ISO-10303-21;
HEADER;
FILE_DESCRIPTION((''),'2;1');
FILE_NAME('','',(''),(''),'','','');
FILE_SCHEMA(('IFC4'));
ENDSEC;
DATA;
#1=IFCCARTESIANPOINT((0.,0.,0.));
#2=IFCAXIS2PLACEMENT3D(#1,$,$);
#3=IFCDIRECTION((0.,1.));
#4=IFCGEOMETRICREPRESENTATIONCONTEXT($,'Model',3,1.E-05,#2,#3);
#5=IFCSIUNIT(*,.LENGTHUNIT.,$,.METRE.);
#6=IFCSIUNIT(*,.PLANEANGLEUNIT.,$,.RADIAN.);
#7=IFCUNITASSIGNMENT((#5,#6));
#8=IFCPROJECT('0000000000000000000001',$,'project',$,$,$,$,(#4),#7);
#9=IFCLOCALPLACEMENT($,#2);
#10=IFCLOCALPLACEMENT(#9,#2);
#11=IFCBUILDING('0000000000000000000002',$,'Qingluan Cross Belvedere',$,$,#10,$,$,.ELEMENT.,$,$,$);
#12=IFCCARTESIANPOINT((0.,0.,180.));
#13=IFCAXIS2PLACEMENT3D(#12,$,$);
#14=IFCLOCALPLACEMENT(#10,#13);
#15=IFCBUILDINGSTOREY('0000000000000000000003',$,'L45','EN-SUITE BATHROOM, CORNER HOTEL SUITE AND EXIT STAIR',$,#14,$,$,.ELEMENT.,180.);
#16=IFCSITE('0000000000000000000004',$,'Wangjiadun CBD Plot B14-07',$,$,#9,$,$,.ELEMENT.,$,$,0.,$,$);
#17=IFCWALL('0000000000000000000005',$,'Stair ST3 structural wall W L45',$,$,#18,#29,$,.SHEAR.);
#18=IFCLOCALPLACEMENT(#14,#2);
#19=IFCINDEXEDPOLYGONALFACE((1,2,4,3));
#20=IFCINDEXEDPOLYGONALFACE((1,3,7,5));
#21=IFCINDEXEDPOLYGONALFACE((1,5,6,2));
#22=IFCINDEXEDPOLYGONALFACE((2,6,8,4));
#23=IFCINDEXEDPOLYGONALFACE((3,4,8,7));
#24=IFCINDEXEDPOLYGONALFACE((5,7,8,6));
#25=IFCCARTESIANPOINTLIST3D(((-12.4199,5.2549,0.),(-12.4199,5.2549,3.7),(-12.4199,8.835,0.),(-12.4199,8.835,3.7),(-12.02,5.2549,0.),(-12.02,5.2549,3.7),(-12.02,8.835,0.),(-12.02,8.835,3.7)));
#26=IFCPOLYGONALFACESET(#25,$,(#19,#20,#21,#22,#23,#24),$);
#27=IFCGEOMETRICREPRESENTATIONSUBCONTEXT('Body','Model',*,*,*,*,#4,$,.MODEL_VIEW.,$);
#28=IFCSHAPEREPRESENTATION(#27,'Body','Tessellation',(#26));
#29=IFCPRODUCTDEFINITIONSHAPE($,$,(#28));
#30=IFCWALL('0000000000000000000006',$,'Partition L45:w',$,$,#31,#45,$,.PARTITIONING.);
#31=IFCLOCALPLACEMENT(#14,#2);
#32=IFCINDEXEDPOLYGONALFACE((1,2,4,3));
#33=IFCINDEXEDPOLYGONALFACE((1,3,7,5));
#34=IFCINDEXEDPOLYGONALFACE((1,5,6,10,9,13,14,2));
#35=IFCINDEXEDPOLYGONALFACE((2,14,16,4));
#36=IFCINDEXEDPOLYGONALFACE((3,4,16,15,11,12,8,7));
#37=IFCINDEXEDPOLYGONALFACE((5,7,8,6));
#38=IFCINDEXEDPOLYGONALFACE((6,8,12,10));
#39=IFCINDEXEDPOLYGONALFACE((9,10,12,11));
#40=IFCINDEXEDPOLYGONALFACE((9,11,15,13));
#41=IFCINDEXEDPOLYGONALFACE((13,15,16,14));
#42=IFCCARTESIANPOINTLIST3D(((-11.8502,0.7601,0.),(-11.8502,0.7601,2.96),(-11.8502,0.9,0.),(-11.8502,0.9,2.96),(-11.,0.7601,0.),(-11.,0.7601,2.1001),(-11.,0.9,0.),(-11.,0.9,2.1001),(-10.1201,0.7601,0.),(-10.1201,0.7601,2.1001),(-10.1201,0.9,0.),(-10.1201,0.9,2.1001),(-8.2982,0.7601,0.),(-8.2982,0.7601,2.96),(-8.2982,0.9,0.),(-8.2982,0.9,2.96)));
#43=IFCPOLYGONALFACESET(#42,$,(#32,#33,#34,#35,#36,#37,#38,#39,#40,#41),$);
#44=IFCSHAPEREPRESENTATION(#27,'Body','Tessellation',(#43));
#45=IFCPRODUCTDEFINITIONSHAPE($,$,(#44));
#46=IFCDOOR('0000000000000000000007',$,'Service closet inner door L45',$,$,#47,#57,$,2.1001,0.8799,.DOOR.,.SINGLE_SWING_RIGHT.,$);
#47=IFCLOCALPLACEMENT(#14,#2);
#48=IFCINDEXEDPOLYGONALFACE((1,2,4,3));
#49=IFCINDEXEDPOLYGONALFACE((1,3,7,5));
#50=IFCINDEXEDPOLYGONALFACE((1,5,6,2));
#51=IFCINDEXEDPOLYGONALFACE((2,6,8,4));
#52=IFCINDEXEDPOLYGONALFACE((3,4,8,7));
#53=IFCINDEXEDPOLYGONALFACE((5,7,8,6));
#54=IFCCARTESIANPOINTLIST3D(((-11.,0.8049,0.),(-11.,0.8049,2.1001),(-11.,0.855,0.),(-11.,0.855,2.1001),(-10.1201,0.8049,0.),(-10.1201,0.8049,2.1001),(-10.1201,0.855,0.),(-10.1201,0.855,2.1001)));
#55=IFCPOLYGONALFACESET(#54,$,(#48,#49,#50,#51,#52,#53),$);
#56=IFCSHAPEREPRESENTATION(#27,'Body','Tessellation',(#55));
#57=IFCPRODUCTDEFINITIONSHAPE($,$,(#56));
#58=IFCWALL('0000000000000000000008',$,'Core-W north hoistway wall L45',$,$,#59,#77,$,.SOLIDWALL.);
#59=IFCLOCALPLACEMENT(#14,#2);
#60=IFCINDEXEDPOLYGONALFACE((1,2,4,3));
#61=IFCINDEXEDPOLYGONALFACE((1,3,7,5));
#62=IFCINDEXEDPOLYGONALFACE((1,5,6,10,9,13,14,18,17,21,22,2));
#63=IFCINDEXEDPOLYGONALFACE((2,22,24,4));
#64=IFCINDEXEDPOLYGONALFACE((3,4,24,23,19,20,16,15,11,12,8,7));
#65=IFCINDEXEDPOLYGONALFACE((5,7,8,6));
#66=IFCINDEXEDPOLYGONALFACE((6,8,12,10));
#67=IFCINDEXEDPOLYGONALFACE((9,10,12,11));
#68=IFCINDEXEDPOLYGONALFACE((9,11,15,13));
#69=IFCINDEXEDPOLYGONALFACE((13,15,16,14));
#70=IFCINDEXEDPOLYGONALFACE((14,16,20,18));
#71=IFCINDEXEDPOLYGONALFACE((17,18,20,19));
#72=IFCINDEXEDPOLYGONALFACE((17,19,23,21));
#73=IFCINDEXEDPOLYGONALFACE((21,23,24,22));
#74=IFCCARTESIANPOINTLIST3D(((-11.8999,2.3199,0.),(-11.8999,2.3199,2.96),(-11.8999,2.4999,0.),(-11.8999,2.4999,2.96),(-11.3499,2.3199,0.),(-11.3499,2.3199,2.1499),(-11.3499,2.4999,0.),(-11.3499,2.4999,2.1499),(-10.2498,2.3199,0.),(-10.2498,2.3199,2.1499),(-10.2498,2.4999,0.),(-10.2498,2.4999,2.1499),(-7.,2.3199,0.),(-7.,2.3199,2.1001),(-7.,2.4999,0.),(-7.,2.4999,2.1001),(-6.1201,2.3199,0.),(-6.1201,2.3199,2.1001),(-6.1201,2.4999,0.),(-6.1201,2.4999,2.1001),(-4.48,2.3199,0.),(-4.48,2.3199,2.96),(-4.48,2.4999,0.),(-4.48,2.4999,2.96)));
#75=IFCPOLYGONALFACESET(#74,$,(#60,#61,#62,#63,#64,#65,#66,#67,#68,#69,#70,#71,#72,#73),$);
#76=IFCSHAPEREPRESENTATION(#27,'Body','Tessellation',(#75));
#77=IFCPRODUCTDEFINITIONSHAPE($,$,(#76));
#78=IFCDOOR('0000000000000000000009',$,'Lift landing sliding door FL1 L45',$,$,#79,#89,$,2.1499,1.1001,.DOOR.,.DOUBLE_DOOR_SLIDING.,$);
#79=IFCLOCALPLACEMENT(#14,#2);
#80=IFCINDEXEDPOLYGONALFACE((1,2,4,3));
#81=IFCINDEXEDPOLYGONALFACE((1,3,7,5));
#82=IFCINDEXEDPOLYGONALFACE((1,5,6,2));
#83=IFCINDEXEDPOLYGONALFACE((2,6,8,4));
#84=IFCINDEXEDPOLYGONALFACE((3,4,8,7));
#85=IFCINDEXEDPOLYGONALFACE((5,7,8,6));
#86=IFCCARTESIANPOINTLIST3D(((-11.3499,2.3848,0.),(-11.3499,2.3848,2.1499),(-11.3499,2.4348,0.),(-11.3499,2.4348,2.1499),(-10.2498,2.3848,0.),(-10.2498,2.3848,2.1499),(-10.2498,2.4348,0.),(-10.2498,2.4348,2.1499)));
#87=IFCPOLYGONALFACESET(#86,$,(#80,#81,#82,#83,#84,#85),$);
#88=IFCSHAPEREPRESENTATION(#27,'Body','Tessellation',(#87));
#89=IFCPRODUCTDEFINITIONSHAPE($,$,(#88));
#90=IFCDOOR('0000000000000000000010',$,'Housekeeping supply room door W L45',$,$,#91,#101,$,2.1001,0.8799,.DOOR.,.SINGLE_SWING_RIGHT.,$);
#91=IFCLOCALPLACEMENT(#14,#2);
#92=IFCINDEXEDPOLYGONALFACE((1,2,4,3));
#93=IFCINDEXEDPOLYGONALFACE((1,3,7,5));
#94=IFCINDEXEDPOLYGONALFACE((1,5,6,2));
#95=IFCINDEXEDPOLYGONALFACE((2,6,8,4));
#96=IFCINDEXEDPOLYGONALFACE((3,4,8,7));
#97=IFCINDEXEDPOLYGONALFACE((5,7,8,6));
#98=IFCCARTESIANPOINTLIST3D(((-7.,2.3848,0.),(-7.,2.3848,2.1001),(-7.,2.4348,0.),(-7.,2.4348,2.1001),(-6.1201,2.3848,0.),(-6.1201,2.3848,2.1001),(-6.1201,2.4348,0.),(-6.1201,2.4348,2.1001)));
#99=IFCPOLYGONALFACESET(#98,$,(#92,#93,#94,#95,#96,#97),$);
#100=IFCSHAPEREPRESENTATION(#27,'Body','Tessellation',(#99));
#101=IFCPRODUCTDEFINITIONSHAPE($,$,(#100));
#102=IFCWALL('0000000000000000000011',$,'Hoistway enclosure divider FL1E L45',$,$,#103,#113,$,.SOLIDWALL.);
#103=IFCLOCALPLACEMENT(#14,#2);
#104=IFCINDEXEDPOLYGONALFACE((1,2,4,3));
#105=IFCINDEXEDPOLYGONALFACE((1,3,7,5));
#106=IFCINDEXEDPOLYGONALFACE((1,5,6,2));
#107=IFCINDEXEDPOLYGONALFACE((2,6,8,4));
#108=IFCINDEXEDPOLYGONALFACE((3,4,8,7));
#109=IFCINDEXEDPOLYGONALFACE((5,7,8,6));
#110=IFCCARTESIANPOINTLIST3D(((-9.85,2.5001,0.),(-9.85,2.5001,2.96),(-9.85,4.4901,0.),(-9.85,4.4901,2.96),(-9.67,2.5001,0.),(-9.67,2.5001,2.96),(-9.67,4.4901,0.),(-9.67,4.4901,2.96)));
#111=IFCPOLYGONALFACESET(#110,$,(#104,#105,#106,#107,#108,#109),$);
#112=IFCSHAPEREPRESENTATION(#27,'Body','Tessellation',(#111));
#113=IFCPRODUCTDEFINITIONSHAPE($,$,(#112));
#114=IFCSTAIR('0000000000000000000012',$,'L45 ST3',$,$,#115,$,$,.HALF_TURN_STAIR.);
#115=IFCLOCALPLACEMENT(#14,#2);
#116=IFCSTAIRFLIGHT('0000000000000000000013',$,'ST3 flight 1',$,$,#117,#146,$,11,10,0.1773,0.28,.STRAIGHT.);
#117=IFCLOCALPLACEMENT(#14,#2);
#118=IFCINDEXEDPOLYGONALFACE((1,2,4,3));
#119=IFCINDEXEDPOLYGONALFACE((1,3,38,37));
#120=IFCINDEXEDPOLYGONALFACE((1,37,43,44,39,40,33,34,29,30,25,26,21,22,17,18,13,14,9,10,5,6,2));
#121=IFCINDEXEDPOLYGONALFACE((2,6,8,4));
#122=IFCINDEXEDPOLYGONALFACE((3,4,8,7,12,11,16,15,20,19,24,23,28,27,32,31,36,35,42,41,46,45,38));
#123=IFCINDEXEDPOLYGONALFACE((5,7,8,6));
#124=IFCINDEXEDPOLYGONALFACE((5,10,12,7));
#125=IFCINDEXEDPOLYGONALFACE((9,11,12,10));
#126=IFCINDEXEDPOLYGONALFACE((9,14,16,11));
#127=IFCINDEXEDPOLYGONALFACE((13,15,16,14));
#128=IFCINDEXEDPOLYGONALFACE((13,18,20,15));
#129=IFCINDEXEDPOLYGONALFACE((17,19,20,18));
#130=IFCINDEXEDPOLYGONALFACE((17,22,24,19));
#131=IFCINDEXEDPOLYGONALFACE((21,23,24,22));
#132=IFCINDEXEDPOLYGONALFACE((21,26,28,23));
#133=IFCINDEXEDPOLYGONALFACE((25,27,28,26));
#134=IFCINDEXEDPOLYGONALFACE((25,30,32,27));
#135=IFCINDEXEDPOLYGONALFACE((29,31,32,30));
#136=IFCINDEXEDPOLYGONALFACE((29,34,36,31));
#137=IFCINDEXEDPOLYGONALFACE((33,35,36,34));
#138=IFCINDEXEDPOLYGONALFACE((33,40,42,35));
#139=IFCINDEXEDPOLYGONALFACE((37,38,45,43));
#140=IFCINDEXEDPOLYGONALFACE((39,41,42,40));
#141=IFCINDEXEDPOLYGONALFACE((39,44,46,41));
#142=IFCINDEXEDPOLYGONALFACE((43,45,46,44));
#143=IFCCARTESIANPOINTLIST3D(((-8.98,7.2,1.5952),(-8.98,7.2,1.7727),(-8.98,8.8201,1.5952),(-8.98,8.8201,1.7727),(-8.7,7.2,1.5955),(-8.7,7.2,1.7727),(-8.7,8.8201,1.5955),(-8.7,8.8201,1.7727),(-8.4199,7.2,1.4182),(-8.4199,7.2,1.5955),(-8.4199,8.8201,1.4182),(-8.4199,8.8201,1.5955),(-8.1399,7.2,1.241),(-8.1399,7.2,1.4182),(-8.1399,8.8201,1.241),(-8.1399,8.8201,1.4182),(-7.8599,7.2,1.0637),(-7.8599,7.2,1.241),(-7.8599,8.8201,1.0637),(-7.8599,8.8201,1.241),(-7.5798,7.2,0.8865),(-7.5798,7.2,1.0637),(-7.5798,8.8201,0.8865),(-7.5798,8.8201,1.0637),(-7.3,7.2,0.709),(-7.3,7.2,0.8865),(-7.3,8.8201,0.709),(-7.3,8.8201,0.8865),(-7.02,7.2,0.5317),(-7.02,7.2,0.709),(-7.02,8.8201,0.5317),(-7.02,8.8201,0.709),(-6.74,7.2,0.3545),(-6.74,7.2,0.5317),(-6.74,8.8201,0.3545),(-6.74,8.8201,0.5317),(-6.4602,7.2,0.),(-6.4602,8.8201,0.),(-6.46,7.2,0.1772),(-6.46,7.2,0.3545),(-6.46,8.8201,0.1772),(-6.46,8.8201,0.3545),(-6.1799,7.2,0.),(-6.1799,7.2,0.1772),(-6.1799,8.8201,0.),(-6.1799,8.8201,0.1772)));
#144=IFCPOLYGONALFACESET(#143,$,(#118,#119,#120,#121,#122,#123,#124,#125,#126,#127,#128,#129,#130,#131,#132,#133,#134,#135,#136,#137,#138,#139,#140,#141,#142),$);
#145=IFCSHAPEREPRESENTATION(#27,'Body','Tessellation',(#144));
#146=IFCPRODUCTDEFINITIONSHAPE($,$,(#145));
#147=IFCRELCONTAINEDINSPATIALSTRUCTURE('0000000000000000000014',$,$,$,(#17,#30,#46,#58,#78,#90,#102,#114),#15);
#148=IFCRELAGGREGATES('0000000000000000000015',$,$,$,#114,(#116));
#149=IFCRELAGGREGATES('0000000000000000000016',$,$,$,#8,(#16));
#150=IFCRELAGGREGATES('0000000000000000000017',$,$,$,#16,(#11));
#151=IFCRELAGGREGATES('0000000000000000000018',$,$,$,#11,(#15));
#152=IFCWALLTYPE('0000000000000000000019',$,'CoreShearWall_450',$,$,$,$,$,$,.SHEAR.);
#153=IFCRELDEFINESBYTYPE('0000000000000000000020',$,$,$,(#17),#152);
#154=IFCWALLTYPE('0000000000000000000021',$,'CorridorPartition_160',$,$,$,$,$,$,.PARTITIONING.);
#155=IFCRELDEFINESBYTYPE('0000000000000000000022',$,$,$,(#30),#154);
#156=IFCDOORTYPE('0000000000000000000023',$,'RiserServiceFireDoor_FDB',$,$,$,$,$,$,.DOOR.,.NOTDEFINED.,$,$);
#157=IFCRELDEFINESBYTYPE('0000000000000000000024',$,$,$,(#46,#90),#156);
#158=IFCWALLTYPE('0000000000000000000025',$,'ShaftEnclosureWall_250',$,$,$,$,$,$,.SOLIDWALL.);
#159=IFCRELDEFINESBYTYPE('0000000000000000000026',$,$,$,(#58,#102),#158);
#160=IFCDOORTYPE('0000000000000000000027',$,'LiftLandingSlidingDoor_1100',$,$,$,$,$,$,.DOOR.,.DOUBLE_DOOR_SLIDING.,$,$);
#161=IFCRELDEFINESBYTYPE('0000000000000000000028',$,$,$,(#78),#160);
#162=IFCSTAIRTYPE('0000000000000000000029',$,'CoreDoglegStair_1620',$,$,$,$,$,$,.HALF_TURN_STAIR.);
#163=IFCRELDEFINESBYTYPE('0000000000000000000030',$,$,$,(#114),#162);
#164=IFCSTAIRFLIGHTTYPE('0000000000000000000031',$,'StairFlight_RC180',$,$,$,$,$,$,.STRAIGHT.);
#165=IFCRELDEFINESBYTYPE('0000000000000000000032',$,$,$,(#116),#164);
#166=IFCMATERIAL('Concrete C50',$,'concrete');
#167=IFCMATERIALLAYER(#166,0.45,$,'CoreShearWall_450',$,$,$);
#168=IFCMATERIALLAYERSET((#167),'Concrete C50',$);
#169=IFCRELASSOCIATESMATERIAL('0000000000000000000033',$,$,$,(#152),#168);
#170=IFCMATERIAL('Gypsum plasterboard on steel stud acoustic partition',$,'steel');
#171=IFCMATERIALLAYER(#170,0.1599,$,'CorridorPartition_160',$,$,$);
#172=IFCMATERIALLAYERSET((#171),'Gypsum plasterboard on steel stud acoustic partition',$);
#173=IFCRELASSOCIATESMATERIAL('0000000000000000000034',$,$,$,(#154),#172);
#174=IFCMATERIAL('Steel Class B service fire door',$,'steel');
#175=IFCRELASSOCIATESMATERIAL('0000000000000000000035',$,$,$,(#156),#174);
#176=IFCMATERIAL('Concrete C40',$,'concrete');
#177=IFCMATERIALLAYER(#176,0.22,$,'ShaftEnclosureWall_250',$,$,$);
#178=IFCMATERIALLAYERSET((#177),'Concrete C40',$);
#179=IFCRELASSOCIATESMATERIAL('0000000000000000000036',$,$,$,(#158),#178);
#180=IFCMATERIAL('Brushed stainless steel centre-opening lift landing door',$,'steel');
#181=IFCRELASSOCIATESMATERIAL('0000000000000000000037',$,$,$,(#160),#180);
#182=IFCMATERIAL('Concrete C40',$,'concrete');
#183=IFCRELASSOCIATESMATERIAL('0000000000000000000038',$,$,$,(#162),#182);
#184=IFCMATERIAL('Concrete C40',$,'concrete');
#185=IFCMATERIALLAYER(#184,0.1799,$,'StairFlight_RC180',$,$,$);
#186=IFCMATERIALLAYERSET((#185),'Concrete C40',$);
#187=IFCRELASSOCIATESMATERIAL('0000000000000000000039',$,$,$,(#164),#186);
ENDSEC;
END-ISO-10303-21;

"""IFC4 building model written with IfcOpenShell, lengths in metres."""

from ifc_helpers import new_model, si_unit, direction, frame, frame_2d, origin, place, context, subcontext, project, spatial, polyline, rectangle, outline, extrude, material, layer, layer_set, type_object, element, fill, aggregate, save


model = new_model("IFC4")

# Units and contexts
model_context = context("Model", 3, precision=1e-05, world=origin(), true_north=direction((0.0, 1.0)))
body_context = subcontext(model_context, "Body", "Model", "MODEL_VIEW")
ifc_project = project(units=[si_unit("LENGTHUNIT", "METRE"), si_unit("PLANEANGLEUNIT", "RADIAN")], contexts=[model_context])

# Site, building, storey
site_placement = place(None, origin())
site = spatial("IfcSite", under=ifc_project, at=site_placement, Name="Wangjiadun CBD Plot B14-07", CompositionType="ELEMENT", RefElevation=0.0)
building_placement = place(site_placement, origin())
building = spatial("IfcBuilding", under=site, at=building_placement, Name="Qingluan Cross Belvedere", CompositionType="ELEMENT")
storey_placement = place(building_placement, frame((0.0, 0.0, 180.0)))
storey = spatial("IfcBuildingStorey", under=building, at=storey_placement, Name="L45", Description="EN-SUITE BATHROOM, CORNER HOTEL SUITE AND EXIT STAIR", CompositionType="ELEMENT", Elevation=180.0)

# Wall
ifc_material_1 = material(Name="Concrete C50", Category="concrete")
ifc_layer_1 = layer(ifc_material_1, 0.45, Name="CoreShearWall_450")
ifc_layer_set_1 = layer_set([ifc_layer_1], Name="Concrete C50")
wall_type_1 = type_object("IfcWallType", Name="CoreShearWall_450", PredefinedType="SHEAR", material=ifc_layer_set_1)
wall_1_placement = place(storey_placement, frame((-12.22, 5.2549, 0.0), z_axis=(0.0, 0.0, 1.0), x_axis=(0.0, 1.0, 0.0)))
element("IfcWall", 1, at=wall_1_placement, inside=storey, type_object=wall_type_1, Name="Stair ST3 structural wall W L45", PredefinedType="SHEAR", context=body_context, shape_type="SweptSolid", body=[
    extrude(rectangle(XDim=3.5801, YDim=0.3999, at=frame_2d((1.79, 0.0))), origin(), (0.0, 0.0, 1.0), 3.7),
])

# Wall, opening, door
ifc_material_2 = material(Name="Gypsum plasterboard on steel stud acoustic partition", Category="steel")
ifc_layer_2 = layer(ifc_material_2, 0.1599, Name="CorridorPartition_160")
ifc_layer_set_2 = layer_set([ifc_layer_2], Name="Gypsum plasterboard on steel stud acoustic partition")
wall_type_2 = type_object("IfcWallType", Name="CorridorPartition_160", PredefinedType="PARTITIONING", material=ifc_layer_set_2)
wall_2_placement = place(storey_placement, frame((-11.8501, 0.8301, 0.0), z_axis=(0.0, 0.0, 1.0), x_axis=(1.0, 0.0, 0.0)))
wall_2 = element("IfcWall", 2, at=wall_2_placement, inside=storey, type_object=wall_type_2, Name="Partition L45:w", PredefinedType="PARTITIONING", context=body_context, shape_type="SweptSolid", body=[
    extrude(rectangle(XDim=3.552, YDim=0.1399, at=frame_2d((1.7759, 0.0))), origin(), (0.0, 0.0, 1.0), 2.96),
])
opening_1_placement = place(wall_2_placement, frame((0.8501, 0.0, 0.0)))
opening_1 = element("IfcOpeningElement", 3, at=opening_1_placement, cuts=wall_2, PredefinedType="OPENING", context=body_context, shape_type="SweptSolid", body=[
    extrude(rectangle(XDim=0.8799, YDim=2.1001, at=frame_2d((0.4399, 1.05))), frame((0.0, 0.0798, 0.0), z_axis=(0.0, -1.0, 0.0), x_axis=(1.0, 0.0, 0.0)), (0.0, 0.0, 1.0), 0.1599),
])
ifc_material_3 = material(Name="Steel Class B service fire door", Category="steel")
door_type_1 = type_object("IfcDoorType", Name="RiserServiceFireDoor_FDB", OperationType="NOTDEFINED", PredefinedType="DOOR", material=ifc_material_3)
door_1_placement = place(opening_1_placement, origin())
door_1 = element("IfcDoor", 4, at=door_1_placement, inside=storey, type_object=door_type_1, Name="Service closet inner door L45", OperationType="SINGLE_SWING_RIGHT", OverallHeight=2.1001, OverallWidth=0.8799, PredefinedType="DOOR", context=body_context, shape_type="SweptSolid", body=[
    extrude(rectangle(XDim=0.8799, YDim=2.1001, at=frame_2d((0.4399, 1.05))), frame((0.0, 0.0249, 0.0), z_axis=(0.0, -1.0, 0.0), x_axis=(1.0, 0.0, 0.0)), (0.0, 0.0, 1.0), 0.05),
])
fill(opening_1, door_1)

# Wall, openings, doors
ifc_material_4 = material(Name="Concrete C40", Category="concrete")
ifc_layer_3 = layer(ifc_material_4, 0.22, Name="ShaftEnclosureWall_250")
ifc_layer_set_3 = layer_set([ifc_layer_3], Name="Concrete C40")
wall_type_3 = type_object("IfcWallType", Name="ShaftEnclosureWall_250", PredefinedType="SOLIDWALL", material=ifc_layer_set_3)
wall_3_placement = place(storey_placement, frame((-11.8999, 2.4099, 0.0), z_axis=(0.0, 0.0, 1.0), x_axis=(1.0, 0.0, 0.0)))
wall_3 = element("IfcWall", 5, at=wall_3_placement, inside=storey, type_object=wall_type_3, Name="Core-W north hoistway wall L45", PredefinedType="SOLIDWALL", context=body_context, shape_type="SweptSolid", body=[
    extrude(rectangle(XDim=7.4199, YDim=0.1799, at=frame_2d((3.71, 0.0))), origin(), (0.0, 0.0, 1.0), 2.96),
])
opening_2_placement = place(wall_3_placement, frame((0.55, 0.0, 0.0)))
opening_2 = element("IfcOpeningElement", 6, at=opening_2_placement, cuts=wall_3, PredefinedType="OPENING", context=body_context, shape_type="SweptSolid", body=[
    extrude(rectangle(XDim=1.1001, YDim=2.1499, at=frame_2d((0.55, 1.075))), frame((0.0, 0.0999, 0.0), z_axis=(0.0, -1.0, 0.0), x_axis=(1.0, 0.0, 0.0)), (0.0, 0.0, 1.0), 0.2),
])
opening_3_placement = place(wall_3_placement, frame((4.8999, 0.0, 0.0)))
opening_3 = element("IfcOpeningElement", 7, at=opening_3_placement, cuts=wall_3, PredefinedType="OPENING", context=body_context, shape_type="SweptSolid", body=[
    extrude(rectangle(XDim=0.8799, YDim=2.1001, at=frame_2d((0.4399, 1.05))), frame((0.0, 0.0999, 0.0), z_axis=(0.0, -1.0, 0.0), x_axis=(1.0, 0.0, 0.0)), (0.0, 0.0, 1.0), 0.2),
])
ifc_material_5 = material(Name="Brushed stainless steel centre-opening lift landing door", Category="steel")
door_type_2 = type_object("IfcDoorType", Name="LiftLandingSlidingDoor_1100", OperationType="DOUBLE_DOOR_SLIDING", PredefinedType="DOOR", material=ifc_material_5)
door_2_placement = place(opening_2_placement, origin())
door_2 = element("IfcDoor", 8, at=door_2_placement, inside=storey, type_object=door_type_2, Name="Lift landing sliding door FL1 L45", OperationType="DOUBLE_DOOR_SLIDING", OverallHeight=2.1499, OverallWidth=1.1001, PredefinedType="DOOR", context=body_context, shape_type="SweptSolid", body=[
    extrude(rectangle(XDim=1.1001, YDim=2.1499, at=frame_2d((0.55, 1.075))), frame((0.0, 0.0249, 0.0), z_axis=(0.0, -1.0, 0.0), x_axis=(1.0, 0.0, 0.0)), (0.0, 0.0, 1.0), 0.05),
])
fill(opening_2, door_2)
door_3_placement = place(opening_3_placement, origin())
door_3 = element("IfcDoor", 9, at=door_3_placement, inside=storey, type_object=door_type_1, Name="Housekeeping supply room door W L45", OperationType="SINGLE_SWING_RIGHT", OverallHeight=2.1001, OverallWidth=0.8799, PredefinedType="DOOR", context=body_context, shape_type="SweptSolid", body=[
    extrude(rectangle(XDim=0.8799, YDim=2.1001, at=frame_2d((0.4399, 1.05))), frame((0.0, 0.0249, 0.0), z_axis=(0.0, -1.0, 0.0), x_axis=(1.0, 0.0, 0.0)), (0.0, 0.0, 1.0), 0.05),
])
fill(opening_3, door_3)

# Wall
wall_4_placement = place(storey_placement, frame((-9.76, 2.5, 0.0), z_axis=(0.0, 0.0, 1.0), x_axis=(0.0, 1.0, 0.0)))
element("IfcWall", 10, at=wall_4_placement, inside=storey, type_object=wall_type_3, Name="Hoistway enclosure divider FL1E L45", PredefinedType="SOLIDWALL", context=body_context, shape_type="SweptSolid", body=[
    extrude(rectangle(XDim=1.99, YDim=0.1799, at=frame_2d((0.9951, 0.0))), origin(), (0.0, 0.0, 1.0), 2.96),
])

# Stair, stair flight
ifc_material_6 = material(Name="Concrete C40", Category="concrete")
stair_type = type_object("IfcStairType", Name="CoreDoglegStair_1620", PredefinedType="HALF_TURN_STAIR", material=ifc_material_6)
stair_placement = place(storey_placement, origin())
stair = element("IfcStair", 11, at=stair_placement, inside=storey, type_object=stair_type, Name="L45 ST3", PredefinedType="HALF_TURN_STAIR")
ifc_material_7 = material(Name="Concrete C40", Category="concrete")
ifc_layer_4 = layer(ifc_material_7, 0.1799, Name="StairFlight_RC180")
ifc_layer_set_4 = layer_set([ifc_layer_4], Name="Concrete C40")
stair_flight_type = type_object("IfcStairFlightType", Name="StairFlight_RC180", PredefinedType="STRAIGHT", material=ifc_layer_set_4)
stair_flight_1_placement = place(storey_placement, frame((-6.1799, 8.01, 0.0), z_axis=(0.0, 0.0, 1.0), x_axis=(-1.0, 0.0, 0.0)))
stair_flight_1 = element("IfcStairFlight", 12, at=stair_flight_1_placement, type_object=stair_flight_type, Name="ST3 flight 1", NumberOfRisers=11, NumberOfTreads=10, PredefinedType="STRAIGHT", RiserHeight=0.1773, TreadLength=0.28, context=body_context, shape_type="SweptSolid", body=[
    extrude(outline(polyline([(0.0, 0.0), (0.0, 0.1772), (0.28, 0.1772), (0.28, 0.3545), (0.5601, 0.3545), (0.5601, 0.5317), (0.8401, 0.5317), (0.8401, 0.709), (1.1201, 0.709), (1.1201, 0.8865), (1.3999, 0.8865), (1.3999, 1.0637), (1.6799, 1.0637), (1.6799, 1.241), (1.96, 1.241), (1.96, 1.4182), (2.24, 1.4182), (2.24, 1.5955), (2.52, 1.5955), (2.52, 1.7727), (2.8, 1.7727), (2.8, 1.95), (2.8, 1.5952), (0.2803, 0.0), (0.0, 0.0)])), frame((0.0, 0.8101, 0.0), z_axis=(0.0, -1.0, 0.0), x_axis=(1.0, 0.0, 0.0)), (0.0, 0.0, 1.0), 1.6201),
])
aggregate(stair, [stair_flight_1])

save(model, "model.ifc")
